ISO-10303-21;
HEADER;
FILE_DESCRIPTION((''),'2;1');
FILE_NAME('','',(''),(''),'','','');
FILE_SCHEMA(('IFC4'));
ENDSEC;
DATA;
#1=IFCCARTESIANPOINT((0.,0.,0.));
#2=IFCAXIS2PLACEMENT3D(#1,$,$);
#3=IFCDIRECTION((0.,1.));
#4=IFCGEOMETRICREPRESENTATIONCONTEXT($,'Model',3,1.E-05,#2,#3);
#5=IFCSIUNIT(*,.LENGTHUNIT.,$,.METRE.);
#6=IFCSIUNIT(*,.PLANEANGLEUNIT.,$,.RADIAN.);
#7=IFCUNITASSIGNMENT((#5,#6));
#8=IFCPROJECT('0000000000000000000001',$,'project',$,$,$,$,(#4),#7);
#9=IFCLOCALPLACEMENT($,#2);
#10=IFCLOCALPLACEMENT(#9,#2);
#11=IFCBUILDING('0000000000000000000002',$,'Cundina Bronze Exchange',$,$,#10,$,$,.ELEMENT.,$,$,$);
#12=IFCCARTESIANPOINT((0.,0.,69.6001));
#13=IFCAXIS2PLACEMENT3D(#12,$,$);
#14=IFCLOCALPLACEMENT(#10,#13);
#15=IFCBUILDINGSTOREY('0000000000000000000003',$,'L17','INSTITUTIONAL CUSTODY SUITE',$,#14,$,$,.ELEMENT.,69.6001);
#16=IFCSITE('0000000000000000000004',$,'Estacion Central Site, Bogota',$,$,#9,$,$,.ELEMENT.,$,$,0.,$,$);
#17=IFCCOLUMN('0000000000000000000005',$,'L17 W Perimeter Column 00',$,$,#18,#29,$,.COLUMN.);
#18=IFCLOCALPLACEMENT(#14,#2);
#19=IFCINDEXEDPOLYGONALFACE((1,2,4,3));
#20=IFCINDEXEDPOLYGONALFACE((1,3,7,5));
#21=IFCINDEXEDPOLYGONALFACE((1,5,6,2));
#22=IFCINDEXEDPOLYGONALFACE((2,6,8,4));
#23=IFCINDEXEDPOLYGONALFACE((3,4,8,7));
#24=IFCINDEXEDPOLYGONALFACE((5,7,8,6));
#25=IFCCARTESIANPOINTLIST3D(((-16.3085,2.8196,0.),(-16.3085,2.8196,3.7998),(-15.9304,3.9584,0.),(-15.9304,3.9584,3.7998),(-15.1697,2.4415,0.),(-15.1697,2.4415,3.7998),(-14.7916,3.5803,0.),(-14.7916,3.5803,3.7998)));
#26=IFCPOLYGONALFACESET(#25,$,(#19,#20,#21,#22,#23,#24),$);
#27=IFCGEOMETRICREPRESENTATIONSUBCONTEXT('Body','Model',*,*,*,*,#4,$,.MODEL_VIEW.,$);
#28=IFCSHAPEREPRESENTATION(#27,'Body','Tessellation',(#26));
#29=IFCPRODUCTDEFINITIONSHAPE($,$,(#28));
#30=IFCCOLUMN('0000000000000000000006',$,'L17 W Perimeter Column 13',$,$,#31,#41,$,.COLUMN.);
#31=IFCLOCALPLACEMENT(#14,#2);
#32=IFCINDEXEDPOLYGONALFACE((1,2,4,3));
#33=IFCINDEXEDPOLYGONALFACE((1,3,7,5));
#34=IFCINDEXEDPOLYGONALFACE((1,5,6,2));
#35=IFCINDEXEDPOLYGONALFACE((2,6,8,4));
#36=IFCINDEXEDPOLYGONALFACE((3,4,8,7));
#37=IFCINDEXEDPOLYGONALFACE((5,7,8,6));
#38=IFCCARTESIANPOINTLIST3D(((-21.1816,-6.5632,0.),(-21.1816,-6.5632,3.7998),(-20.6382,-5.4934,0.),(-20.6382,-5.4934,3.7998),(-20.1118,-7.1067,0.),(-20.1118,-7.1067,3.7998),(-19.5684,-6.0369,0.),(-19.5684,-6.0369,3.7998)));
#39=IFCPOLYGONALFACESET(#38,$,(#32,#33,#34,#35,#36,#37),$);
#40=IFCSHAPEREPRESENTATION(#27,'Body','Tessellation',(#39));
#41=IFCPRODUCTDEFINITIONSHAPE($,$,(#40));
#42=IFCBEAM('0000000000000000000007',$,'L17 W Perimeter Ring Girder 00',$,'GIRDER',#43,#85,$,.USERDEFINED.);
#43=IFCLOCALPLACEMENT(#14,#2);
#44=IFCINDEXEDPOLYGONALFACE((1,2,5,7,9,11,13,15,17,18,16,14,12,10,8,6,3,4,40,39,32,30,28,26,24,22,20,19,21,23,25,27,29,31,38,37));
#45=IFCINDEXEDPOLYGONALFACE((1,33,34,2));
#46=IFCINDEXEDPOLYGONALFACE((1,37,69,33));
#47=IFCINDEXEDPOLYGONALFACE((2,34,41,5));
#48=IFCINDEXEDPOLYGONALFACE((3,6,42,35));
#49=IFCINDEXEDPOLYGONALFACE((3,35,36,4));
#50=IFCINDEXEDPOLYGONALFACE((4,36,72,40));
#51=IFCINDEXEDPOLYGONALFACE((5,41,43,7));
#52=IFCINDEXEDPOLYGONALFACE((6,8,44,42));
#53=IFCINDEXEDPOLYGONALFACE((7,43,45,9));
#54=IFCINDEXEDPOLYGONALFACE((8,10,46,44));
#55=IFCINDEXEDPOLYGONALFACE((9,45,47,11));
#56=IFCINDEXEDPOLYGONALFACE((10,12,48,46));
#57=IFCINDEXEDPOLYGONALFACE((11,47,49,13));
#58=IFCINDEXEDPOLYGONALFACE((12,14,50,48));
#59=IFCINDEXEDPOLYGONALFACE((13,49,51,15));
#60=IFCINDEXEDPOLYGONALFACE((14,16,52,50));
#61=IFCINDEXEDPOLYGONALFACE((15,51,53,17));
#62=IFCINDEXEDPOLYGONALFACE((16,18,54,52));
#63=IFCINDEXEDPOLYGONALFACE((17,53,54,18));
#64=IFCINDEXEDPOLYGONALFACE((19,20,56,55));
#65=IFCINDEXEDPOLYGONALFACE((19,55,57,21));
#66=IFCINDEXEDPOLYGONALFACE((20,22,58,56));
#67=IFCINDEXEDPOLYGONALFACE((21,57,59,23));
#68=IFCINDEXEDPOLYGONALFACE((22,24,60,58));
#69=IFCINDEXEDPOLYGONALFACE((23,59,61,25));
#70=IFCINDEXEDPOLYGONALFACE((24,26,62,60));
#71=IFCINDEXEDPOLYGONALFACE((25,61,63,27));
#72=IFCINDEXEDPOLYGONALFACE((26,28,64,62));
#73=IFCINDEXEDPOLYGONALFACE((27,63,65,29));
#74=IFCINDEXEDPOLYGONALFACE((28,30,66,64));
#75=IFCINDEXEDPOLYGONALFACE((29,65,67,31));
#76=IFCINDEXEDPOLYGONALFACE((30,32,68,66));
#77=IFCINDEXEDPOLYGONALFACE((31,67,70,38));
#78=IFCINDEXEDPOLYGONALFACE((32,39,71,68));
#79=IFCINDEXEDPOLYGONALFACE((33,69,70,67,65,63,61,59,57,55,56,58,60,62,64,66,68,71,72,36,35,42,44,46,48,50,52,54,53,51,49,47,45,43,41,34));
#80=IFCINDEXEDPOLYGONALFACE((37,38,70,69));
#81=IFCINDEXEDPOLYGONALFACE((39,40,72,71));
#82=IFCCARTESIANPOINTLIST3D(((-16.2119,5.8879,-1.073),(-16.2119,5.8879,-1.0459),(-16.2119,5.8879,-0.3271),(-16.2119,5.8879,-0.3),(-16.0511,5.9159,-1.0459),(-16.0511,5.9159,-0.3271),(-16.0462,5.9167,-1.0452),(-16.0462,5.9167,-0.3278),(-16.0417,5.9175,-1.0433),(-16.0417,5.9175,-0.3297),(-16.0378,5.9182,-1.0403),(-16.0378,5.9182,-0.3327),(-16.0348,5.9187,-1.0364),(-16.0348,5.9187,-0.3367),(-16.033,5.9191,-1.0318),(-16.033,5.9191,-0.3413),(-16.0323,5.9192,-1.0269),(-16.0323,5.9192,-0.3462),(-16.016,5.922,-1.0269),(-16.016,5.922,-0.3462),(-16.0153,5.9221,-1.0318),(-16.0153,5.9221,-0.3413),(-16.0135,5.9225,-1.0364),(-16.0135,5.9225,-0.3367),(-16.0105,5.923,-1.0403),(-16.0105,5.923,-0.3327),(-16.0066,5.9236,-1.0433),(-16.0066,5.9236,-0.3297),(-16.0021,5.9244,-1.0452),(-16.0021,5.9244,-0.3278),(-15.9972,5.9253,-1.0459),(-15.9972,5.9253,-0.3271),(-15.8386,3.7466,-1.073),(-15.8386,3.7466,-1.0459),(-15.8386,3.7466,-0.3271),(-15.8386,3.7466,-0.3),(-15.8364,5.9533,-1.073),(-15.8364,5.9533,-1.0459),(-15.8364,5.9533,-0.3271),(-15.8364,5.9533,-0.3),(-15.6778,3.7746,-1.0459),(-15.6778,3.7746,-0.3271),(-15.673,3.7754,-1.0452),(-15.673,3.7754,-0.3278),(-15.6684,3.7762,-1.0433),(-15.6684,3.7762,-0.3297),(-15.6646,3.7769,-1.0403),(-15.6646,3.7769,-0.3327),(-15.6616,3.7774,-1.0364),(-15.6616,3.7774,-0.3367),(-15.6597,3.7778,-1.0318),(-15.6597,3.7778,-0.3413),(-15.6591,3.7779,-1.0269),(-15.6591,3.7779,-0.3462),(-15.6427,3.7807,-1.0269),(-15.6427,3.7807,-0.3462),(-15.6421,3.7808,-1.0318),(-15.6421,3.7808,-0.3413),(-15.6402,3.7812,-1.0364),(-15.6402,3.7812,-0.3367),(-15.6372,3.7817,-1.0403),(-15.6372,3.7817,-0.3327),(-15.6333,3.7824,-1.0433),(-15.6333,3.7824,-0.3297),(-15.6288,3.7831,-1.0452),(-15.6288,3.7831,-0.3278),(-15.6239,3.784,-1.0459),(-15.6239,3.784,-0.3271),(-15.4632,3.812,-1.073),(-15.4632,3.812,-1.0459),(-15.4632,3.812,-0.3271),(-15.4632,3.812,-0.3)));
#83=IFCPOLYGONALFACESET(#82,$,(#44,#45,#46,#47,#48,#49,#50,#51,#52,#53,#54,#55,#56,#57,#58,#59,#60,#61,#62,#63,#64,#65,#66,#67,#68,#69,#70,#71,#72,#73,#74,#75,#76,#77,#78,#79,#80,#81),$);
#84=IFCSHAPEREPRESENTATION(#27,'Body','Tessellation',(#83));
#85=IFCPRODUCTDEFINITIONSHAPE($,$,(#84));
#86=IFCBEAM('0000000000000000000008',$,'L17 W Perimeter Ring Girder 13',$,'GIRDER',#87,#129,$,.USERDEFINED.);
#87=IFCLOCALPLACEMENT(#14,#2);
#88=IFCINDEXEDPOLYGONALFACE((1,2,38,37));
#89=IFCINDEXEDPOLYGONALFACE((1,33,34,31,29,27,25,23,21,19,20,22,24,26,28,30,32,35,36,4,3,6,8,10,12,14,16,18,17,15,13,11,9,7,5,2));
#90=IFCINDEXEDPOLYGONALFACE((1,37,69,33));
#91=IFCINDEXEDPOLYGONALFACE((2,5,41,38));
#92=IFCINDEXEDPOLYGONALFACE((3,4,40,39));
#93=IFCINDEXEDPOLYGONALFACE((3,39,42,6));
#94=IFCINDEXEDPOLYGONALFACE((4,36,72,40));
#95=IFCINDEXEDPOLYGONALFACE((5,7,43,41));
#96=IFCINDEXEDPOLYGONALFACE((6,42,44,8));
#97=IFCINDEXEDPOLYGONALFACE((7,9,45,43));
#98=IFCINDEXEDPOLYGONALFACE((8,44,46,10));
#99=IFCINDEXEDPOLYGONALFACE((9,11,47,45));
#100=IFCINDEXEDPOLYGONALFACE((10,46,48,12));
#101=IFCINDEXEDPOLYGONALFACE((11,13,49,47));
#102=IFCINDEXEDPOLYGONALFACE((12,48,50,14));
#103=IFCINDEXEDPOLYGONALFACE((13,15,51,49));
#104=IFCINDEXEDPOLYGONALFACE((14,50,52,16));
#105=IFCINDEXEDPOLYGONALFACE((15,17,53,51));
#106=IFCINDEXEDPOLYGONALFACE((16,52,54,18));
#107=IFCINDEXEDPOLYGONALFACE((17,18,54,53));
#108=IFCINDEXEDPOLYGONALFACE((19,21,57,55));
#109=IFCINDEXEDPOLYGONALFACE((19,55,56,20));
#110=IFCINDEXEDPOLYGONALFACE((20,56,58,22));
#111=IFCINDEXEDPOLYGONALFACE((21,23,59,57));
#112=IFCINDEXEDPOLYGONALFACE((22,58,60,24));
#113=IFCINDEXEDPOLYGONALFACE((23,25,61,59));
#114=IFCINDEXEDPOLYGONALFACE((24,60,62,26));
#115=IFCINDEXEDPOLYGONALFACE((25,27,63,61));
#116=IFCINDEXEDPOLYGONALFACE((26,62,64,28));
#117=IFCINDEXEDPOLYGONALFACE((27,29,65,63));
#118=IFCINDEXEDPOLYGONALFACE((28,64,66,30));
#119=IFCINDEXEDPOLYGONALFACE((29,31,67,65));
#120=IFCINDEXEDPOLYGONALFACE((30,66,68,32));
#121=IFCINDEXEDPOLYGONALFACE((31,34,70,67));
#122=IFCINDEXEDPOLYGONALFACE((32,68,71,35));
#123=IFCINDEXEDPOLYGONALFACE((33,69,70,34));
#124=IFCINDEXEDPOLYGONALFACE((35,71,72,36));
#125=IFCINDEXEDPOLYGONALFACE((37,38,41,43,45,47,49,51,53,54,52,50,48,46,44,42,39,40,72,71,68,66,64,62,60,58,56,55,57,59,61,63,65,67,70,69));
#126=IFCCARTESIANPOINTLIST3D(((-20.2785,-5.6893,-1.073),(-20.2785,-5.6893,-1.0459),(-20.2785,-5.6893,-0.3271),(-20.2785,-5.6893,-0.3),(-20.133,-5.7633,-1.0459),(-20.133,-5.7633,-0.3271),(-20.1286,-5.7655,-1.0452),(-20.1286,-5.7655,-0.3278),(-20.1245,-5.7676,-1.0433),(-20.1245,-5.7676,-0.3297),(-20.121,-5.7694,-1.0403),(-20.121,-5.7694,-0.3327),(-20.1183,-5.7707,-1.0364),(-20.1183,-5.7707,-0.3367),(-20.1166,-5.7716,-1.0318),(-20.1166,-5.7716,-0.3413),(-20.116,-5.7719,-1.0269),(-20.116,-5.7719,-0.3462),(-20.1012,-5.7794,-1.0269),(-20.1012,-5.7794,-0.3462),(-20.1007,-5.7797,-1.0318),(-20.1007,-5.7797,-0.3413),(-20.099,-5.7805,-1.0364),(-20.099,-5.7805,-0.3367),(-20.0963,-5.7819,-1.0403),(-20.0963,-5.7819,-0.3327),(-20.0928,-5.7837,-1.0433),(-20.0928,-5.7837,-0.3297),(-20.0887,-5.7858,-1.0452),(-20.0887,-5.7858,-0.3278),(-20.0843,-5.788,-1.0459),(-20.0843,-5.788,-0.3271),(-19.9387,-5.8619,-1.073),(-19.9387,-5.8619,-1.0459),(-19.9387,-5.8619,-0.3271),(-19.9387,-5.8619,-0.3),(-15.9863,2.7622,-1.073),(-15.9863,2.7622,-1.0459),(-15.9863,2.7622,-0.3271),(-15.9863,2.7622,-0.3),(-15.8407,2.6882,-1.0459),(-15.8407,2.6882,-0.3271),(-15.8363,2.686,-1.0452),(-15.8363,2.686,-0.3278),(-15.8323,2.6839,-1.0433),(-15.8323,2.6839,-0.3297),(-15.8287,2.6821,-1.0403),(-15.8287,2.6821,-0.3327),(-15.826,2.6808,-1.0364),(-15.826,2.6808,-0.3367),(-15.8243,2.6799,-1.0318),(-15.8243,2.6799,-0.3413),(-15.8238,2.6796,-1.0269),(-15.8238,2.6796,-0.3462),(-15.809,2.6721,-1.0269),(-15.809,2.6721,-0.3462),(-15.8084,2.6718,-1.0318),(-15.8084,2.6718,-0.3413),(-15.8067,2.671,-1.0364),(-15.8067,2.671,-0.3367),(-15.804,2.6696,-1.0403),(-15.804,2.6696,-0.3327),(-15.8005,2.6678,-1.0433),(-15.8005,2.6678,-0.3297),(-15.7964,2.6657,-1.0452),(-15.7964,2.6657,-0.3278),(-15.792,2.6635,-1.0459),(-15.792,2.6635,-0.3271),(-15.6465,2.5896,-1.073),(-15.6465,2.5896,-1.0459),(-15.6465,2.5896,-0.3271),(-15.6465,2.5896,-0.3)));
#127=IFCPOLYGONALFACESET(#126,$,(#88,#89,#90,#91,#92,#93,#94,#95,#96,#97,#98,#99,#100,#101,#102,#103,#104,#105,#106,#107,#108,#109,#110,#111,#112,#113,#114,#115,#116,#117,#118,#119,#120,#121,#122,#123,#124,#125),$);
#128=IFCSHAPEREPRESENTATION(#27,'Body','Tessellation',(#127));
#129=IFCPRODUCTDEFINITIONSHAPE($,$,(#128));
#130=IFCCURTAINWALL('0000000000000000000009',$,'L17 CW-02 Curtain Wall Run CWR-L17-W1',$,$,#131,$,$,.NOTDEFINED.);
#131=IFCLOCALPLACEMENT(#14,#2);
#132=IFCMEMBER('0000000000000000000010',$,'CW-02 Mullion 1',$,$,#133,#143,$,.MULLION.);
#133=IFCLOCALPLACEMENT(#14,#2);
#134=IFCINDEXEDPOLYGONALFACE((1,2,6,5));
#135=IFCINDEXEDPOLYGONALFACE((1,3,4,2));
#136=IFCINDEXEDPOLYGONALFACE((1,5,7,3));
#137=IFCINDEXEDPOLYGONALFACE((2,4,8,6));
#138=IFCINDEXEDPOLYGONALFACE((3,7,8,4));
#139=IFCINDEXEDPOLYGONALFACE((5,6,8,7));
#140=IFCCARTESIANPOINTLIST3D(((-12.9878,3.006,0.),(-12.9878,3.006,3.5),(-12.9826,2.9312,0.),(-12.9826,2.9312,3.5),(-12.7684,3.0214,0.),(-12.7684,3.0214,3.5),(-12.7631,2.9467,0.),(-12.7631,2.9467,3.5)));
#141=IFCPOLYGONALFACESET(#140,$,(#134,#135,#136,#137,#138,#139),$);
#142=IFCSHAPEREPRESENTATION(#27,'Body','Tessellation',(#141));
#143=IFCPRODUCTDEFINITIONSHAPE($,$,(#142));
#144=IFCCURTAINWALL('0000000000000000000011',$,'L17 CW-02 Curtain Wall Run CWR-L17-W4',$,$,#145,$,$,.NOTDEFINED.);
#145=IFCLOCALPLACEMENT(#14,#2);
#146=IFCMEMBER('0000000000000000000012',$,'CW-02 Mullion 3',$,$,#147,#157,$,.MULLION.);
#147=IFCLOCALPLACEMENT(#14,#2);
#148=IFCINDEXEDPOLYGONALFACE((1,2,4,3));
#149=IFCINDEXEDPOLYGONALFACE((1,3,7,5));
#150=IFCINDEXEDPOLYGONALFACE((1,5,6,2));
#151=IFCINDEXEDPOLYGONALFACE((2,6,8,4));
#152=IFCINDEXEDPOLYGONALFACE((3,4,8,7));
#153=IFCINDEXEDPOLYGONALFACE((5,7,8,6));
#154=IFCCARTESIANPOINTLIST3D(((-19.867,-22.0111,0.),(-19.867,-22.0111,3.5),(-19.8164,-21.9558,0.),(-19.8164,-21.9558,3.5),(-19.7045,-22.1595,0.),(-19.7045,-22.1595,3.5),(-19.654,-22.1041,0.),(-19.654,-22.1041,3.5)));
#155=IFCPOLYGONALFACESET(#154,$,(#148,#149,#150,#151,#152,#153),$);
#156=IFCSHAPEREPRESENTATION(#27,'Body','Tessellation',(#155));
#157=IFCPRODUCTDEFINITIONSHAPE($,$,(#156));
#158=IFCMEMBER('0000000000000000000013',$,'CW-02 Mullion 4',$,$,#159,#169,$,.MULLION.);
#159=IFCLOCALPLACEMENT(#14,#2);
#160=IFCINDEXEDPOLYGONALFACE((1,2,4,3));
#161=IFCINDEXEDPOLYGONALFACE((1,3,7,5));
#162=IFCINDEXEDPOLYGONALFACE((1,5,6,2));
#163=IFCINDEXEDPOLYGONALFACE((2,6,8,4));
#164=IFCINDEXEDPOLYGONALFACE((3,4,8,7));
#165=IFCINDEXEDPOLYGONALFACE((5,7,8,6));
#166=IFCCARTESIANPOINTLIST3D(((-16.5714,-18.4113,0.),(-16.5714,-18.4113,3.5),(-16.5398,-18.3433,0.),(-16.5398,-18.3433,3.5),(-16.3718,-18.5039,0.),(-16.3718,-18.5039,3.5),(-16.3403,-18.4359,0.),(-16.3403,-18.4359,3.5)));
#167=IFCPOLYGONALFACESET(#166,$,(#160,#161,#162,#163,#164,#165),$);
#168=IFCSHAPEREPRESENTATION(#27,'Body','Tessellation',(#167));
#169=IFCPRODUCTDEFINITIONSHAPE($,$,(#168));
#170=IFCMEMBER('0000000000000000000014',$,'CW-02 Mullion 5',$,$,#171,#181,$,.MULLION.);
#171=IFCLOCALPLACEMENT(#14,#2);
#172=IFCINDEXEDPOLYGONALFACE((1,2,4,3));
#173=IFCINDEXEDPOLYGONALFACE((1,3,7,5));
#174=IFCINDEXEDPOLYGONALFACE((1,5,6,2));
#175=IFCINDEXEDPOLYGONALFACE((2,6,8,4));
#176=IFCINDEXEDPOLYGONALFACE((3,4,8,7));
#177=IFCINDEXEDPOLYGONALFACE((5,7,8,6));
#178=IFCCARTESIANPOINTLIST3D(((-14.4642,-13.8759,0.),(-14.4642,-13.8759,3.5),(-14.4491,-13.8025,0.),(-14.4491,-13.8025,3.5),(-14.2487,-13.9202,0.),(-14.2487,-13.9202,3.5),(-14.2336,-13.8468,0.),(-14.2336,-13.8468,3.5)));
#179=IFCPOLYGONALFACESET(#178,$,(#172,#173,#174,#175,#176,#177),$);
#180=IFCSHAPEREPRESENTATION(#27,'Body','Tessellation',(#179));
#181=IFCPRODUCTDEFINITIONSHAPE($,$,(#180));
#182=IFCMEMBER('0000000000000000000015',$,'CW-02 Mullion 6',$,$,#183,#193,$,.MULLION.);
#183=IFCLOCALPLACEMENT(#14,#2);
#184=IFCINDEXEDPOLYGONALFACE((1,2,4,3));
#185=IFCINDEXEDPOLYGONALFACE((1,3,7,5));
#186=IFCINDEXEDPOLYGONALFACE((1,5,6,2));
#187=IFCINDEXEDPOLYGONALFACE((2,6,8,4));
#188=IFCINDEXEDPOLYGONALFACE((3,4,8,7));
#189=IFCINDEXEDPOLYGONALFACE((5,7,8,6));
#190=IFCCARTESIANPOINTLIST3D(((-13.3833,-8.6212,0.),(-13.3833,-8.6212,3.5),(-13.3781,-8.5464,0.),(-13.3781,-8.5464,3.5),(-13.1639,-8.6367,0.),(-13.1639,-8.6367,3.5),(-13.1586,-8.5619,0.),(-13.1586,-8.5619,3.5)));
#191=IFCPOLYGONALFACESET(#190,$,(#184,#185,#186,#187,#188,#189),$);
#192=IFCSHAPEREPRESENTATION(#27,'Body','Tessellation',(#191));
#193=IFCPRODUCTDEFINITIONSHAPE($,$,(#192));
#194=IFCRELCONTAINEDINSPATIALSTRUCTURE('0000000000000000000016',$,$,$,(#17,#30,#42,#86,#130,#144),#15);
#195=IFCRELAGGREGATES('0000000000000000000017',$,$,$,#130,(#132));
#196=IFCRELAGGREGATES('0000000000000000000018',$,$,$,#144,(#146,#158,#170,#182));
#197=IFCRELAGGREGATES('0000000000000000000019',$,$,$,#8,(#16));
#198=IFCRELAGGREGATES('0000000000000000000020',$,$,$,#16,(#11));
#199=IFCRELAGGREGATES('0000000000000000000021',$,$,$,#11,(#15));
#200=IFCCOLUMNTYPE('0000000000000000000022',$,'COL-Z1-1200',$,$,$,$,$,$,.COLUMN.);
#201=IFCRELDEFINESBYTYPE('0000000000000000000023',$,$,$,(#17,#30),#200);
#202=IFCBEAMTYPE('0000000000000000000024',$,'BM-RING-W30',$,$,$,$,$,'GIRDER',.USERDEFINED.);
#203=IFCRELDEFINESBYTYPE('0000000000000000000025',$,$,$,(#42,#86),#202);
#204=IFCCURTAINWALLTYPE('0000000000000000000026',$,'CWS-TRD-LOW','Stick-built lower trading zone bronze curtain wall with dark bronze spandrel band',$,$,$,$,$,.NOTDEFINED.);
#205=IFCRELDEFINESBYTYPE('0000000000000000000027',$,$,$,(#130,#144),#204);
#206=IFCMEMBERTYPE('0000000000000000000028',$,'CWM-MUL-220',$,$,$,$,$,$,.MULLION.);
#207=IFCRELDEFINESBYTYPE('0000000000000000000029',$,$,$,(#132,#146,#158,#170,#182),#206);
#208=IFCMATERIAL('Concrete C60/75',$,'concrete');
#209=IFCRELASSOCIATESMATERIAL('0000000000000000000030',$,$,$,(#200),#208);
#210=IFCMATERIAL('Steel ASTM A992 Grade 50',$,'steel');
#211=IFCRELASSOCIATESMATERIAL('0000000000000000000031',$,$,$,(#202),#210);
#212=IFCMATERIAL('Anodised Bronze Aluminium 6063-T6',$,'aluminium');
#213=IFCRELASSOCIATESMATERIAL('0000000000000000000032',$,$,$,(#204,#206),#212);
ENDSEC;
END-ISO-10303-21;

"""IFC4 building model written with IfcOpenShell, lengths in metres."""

from ifc_helpers import new_model, si_unit, direction, frame, origin, origin_2d, place, context, subcontext, project, spatial, rectangle, i_section, extrude, material, material_profile, profile_set, type_object, element, aggregate, save


model = new_model("IFC4")

# Units and contexts
model_context = context("Model", 3, precision=1e-05, world=origin(), true_north=direction((0.0, 1.0)))
body_context = subcontext(model_context, "Body", "Model", "MODEL_VIEW")
ifc_project = project(units=[si_unit("LENGTHUNIT", "METRE"), si_unit("PLANEANGLEUNIT", "RADIAN")], contexts=[model_context])

# Site, building, storey
site_placement = place(None, origin())
site = spatial("IfcSite", under=ifc_project, at=site_placement, Name="Estacion Central Site, Bogota", CompositionType="ELEMENT", RefElevation=0.0)
building_placement = place(site_placement, origin())
building = spatial("IfcBuilding", under=site, at=building_placement, Name="Cundina Bronze Exchange", CompositionType="ELEMENT")
storey_placement = place(building_placement, frame((0.0, 0.0, 69.6001)))
storey = spatial("IfcBuildingStorey", under=building, at=storey_placement, Name="L17", Description="INSTITUTIONAL CUSTODY SUITE", CompositionType="ELEMENT", Elevation=69.6001)

# Columns
ifc_material_1 = material(Name="Concrete C60/75", Category="concrete")
ifc_material_profile_1 = material_profile(ifc_material_1, rectangle(XDim=1.2, YDim=1.2, at=origin_2d()), Name="RC1200X1200", Category="concrete")
ifc_profile_set_1 = profile_set([ifc_material_profile_1], Name="Concrete C60/75")
column_type = type_object("IfcColumnType", Name="COL-Z1-1200", PredefinedType="COLUMN", material=ifc_profile_set_1)
for number, where, z_axis, x_axis, name in (
    (1, (-15.55, 3.2, 0.0), (0.0, 0.0, 1.0), (0.315152, 0.949041, 0.0), "L17 W Perimeter Column 00"),
    (2, (-20.375, -6.3, 0.0), (0.0, 0.0, 1.0), (0.452902, 0.891561, 0.0), "L17 W Perimeter Column 13"),
):
    element("IfcColumn", number, at=place(storey_placement, frame(where, z_axis=z_axis, x_axis=x_axis)), inside=storey, type_object=column_type, Name=name, PredefinedType="COLUMN", context=body_context, shape_type="SweptSolid", body=[
        extrude(rectangle(XDim=1.2, YDim=1.2, at=origin_2d()), origin(), (0.0, 0.0, 1.0), 3.7998),
    ])

# Beams
ifc_material_2 = material(Name="Steel ASTM A992 Grade 50", Category="steel")
ifc_material_profile_2 = material_profile(ifc_material_2, i_section(OverallWidth=0.3811, OverallDepth=0.7729, WebThickness=0.0166, FlangeThickness=0.0271, FilletRadius=0.019, at=origin_2d()), Name="W30X173", Category="steel")
ifc_profile_set_2 = profile_set([ifc_material_profile_2], Name="Steel ASTM A992 Grade 50")
beam_type = type_object("IfcBeamType", Name="BM-RING-W30", ElementType="GIRDER", PredefinedType="USERDEFINED", material=ifc_profile_set_2)
beam_1_placement = place(storey_placement, frame((-15.6509, 3.7793, -0.6865), z_axis=(-0.171735, 0.985143, 0.0), x_axis=(-0.985143, -0.171735, 0.0)))
element("IfcBeam", 3, at=beam_1_placement, inside=storey, type_object=beam_type, Name="L17 W Perimeter Ring Girder 00", ObjectType="GIRDER", PredefinedType="USERDEFINED", context=body_context, shape_type="SweptSolid", body=[
    extrude(i_section(OverallWidth=0.3811, OverallDepth=0.7729, WebThickness=0.0166, FlangeThickness=0.0271, FilletRadius=0.019, at=origin_2d()), origin(), (0.0, 0.0, 1.0), 2.1736),
])
beam_2_placement = place(storey_placement, frame((-20.1086, -5.7756, -0.6865), z_axis=(0.45282, 0.891602, 0.0), x_axis=(-0.891602, 0.45282, 0.0)))
element("IfcBeam", 4, at=beam_2_placement, inside=storey, type_object=beam_type, Name="L17 W Perimeter Ring Girder 13", ObjectType="GIRDER", PredefinedType="USERDEFINED", context=body_context, shape_type="SweptSolid", body=[
    extrude(i_section(OverallWidth=0.3811, OverallDepth=0.7729, WebThickness=0.0166, FlangeThickness=0.0271, FilletRadius=0.019, at=origin_2d()), origin(), (0.0, 0.0, 1.0), 9.479),
])

# Curtain wall, member
ifc_material_3 = material(Name="Anodised Bronze Aluminium 6063-T6", Category="aluminium")
curtain_wall_type = type_object("IfcCurtainWallType", Name="CWS-TRD-LOW", Description="Stick-built lower trading zone bronze curtain wall with dark bronze spandrel band", PredefinedType="NOTDEFINED", material=ifc_material_3)
curtain_wall_1_placement = place(storey_placement, origin())
curtain_wall_1 = element("IfcCurtainWall", 5, at=curtain_wall_1_placement, inside=storey, type_object=curtain_wall_type, Name="L17 CW-02 Curtain Wall Run CWR-L17-W1", PredefinedType="NOTDEFINED")
ifc_material_profile_3 = material_profile(ifc_material_3, rectangle(XDim=0.075, YDim=0.22, at=origin_2d()), Name="AL75X220", Category="aluminium")
ifc_profile_set_3 = profile_set([ifc_material_profile_3], Name="Anodised Bronze Aluminium 6063-T6")
member_type_1 = type_object("IfcMemberType", Name="CWM-MUL-220", PredefinedType="MULLION", material=ifc_profile_set_3)
member_1_placement = place(storey_placement, frame((-12.8755, 2.9763, 0.0), z_axis=(0.0, 0.0, 1.0), x_axis=(-0.070279, 0.997527, 0.0)))
member_1 = element("IfcMember", 6, at=member_1_placement, type_object=member_type_1, Name="CW-02 Mullion 1", PredefinedType="MULLION", context=body_context, shape_type="SweptSolid", body=[
    extrude(rectangle(XDim=0.075, YDim=0.22, at=origin_2d()), origin(), (0.0, 0.0, 1.0), 3.5),
])

# Curtain wall, members
curtain_wall_2_placement = place(storey_placement, origin())
curtain_wall_2 = element("IfcCurtainWall", 7, at=curtain_wall_2_placement, inside=storey, type_object=curtain_wall_type, Name="L17 CW-02 Curtain Wall Run CWR-L17-W4", PredefinedType="NOTDEFINED")
member_2_placement = place(storey_placement, frame((-19.7605, -22.0576, 0.0), z_axis=(0.0, 0.0, 1.0), x_axis=(0.674302, 0.738455, 0.0)))
member_2 = element("IfcMember", 8, at=member_2_placement, type_object=member_type_1, Name="CW-02 Mullion 3", PredefinedType="MULLION", context=body_context, shape_type="SweptSolid", body=[
    extrude(rectangle(XDim=0.075, YDim=0.22, at=origin_2d()), origin(), (0.0, 0.0, 1.0), 3.5),
])
member_3_placement = place(storey_placement, frame((-16.4558, -18.4236, 0.0), z_axis=(0.0, 0.0, 1.0), x_axis=(0.420877, 0.907117, 0.0)))
member_3 = element("IfcMember", 9, at=member_3_placement, type_object=member_type_1, Name="CW-02 Mullion 4", PredefinedType="MULLION", context=body_context, shape_type="SweptSolid", body=[
    extrude(rectangle(XDim=0.075, YDim=0.22, at=origin_2d()), origin(), (0.0, 0.0, 1.0), 3.5),
])
member_4_placement = place(storey_placement, frame((-14.3489, -13.8613, 0.0), z_axis=(0.0, 0.0, 1.0), x_axis=(0.20142, 0.979505, 0.0)))
member_4 = element("IfcMember", 10, at=member_4_placement, type_object=member_type_1, Name="CW-02 Mullion 5", PredefinedType="MULLION", context=body_context, shape_type="SweptSolid", body=[
    extrude(rectangle(XDim=0.075, YDim=0.22, at=origin_2d()), origin(), (0.0, 0.0, 1.0), 3.5),
])
member_5_placement = place(storey_placement, frame((-13.271, -8.5916, 0.0), z_axis=(0.0, 0.0, 1.0), x_axis=(0.070279, 0.997527, 0.0)))
member_5 = element("IfcMember", 11, at=member_5_placement, type_object=member_type_1, Name="CW-02 Mullion 6", PredefinedType="MULLION", context=body_context, shape_type="SweptSolid", body=[
    extrude(rectangle(XDim=0.075, YDim=0.22, at=origin_2d()), origin(), (0.0, 0.0, 1.0), 3.5),
])

aggregate(curtain_wall_1, [member_1])

aggregate(curtain_wall_2, [member_2, member_3, member_4, member_5])

save(model, "model.ifc")
